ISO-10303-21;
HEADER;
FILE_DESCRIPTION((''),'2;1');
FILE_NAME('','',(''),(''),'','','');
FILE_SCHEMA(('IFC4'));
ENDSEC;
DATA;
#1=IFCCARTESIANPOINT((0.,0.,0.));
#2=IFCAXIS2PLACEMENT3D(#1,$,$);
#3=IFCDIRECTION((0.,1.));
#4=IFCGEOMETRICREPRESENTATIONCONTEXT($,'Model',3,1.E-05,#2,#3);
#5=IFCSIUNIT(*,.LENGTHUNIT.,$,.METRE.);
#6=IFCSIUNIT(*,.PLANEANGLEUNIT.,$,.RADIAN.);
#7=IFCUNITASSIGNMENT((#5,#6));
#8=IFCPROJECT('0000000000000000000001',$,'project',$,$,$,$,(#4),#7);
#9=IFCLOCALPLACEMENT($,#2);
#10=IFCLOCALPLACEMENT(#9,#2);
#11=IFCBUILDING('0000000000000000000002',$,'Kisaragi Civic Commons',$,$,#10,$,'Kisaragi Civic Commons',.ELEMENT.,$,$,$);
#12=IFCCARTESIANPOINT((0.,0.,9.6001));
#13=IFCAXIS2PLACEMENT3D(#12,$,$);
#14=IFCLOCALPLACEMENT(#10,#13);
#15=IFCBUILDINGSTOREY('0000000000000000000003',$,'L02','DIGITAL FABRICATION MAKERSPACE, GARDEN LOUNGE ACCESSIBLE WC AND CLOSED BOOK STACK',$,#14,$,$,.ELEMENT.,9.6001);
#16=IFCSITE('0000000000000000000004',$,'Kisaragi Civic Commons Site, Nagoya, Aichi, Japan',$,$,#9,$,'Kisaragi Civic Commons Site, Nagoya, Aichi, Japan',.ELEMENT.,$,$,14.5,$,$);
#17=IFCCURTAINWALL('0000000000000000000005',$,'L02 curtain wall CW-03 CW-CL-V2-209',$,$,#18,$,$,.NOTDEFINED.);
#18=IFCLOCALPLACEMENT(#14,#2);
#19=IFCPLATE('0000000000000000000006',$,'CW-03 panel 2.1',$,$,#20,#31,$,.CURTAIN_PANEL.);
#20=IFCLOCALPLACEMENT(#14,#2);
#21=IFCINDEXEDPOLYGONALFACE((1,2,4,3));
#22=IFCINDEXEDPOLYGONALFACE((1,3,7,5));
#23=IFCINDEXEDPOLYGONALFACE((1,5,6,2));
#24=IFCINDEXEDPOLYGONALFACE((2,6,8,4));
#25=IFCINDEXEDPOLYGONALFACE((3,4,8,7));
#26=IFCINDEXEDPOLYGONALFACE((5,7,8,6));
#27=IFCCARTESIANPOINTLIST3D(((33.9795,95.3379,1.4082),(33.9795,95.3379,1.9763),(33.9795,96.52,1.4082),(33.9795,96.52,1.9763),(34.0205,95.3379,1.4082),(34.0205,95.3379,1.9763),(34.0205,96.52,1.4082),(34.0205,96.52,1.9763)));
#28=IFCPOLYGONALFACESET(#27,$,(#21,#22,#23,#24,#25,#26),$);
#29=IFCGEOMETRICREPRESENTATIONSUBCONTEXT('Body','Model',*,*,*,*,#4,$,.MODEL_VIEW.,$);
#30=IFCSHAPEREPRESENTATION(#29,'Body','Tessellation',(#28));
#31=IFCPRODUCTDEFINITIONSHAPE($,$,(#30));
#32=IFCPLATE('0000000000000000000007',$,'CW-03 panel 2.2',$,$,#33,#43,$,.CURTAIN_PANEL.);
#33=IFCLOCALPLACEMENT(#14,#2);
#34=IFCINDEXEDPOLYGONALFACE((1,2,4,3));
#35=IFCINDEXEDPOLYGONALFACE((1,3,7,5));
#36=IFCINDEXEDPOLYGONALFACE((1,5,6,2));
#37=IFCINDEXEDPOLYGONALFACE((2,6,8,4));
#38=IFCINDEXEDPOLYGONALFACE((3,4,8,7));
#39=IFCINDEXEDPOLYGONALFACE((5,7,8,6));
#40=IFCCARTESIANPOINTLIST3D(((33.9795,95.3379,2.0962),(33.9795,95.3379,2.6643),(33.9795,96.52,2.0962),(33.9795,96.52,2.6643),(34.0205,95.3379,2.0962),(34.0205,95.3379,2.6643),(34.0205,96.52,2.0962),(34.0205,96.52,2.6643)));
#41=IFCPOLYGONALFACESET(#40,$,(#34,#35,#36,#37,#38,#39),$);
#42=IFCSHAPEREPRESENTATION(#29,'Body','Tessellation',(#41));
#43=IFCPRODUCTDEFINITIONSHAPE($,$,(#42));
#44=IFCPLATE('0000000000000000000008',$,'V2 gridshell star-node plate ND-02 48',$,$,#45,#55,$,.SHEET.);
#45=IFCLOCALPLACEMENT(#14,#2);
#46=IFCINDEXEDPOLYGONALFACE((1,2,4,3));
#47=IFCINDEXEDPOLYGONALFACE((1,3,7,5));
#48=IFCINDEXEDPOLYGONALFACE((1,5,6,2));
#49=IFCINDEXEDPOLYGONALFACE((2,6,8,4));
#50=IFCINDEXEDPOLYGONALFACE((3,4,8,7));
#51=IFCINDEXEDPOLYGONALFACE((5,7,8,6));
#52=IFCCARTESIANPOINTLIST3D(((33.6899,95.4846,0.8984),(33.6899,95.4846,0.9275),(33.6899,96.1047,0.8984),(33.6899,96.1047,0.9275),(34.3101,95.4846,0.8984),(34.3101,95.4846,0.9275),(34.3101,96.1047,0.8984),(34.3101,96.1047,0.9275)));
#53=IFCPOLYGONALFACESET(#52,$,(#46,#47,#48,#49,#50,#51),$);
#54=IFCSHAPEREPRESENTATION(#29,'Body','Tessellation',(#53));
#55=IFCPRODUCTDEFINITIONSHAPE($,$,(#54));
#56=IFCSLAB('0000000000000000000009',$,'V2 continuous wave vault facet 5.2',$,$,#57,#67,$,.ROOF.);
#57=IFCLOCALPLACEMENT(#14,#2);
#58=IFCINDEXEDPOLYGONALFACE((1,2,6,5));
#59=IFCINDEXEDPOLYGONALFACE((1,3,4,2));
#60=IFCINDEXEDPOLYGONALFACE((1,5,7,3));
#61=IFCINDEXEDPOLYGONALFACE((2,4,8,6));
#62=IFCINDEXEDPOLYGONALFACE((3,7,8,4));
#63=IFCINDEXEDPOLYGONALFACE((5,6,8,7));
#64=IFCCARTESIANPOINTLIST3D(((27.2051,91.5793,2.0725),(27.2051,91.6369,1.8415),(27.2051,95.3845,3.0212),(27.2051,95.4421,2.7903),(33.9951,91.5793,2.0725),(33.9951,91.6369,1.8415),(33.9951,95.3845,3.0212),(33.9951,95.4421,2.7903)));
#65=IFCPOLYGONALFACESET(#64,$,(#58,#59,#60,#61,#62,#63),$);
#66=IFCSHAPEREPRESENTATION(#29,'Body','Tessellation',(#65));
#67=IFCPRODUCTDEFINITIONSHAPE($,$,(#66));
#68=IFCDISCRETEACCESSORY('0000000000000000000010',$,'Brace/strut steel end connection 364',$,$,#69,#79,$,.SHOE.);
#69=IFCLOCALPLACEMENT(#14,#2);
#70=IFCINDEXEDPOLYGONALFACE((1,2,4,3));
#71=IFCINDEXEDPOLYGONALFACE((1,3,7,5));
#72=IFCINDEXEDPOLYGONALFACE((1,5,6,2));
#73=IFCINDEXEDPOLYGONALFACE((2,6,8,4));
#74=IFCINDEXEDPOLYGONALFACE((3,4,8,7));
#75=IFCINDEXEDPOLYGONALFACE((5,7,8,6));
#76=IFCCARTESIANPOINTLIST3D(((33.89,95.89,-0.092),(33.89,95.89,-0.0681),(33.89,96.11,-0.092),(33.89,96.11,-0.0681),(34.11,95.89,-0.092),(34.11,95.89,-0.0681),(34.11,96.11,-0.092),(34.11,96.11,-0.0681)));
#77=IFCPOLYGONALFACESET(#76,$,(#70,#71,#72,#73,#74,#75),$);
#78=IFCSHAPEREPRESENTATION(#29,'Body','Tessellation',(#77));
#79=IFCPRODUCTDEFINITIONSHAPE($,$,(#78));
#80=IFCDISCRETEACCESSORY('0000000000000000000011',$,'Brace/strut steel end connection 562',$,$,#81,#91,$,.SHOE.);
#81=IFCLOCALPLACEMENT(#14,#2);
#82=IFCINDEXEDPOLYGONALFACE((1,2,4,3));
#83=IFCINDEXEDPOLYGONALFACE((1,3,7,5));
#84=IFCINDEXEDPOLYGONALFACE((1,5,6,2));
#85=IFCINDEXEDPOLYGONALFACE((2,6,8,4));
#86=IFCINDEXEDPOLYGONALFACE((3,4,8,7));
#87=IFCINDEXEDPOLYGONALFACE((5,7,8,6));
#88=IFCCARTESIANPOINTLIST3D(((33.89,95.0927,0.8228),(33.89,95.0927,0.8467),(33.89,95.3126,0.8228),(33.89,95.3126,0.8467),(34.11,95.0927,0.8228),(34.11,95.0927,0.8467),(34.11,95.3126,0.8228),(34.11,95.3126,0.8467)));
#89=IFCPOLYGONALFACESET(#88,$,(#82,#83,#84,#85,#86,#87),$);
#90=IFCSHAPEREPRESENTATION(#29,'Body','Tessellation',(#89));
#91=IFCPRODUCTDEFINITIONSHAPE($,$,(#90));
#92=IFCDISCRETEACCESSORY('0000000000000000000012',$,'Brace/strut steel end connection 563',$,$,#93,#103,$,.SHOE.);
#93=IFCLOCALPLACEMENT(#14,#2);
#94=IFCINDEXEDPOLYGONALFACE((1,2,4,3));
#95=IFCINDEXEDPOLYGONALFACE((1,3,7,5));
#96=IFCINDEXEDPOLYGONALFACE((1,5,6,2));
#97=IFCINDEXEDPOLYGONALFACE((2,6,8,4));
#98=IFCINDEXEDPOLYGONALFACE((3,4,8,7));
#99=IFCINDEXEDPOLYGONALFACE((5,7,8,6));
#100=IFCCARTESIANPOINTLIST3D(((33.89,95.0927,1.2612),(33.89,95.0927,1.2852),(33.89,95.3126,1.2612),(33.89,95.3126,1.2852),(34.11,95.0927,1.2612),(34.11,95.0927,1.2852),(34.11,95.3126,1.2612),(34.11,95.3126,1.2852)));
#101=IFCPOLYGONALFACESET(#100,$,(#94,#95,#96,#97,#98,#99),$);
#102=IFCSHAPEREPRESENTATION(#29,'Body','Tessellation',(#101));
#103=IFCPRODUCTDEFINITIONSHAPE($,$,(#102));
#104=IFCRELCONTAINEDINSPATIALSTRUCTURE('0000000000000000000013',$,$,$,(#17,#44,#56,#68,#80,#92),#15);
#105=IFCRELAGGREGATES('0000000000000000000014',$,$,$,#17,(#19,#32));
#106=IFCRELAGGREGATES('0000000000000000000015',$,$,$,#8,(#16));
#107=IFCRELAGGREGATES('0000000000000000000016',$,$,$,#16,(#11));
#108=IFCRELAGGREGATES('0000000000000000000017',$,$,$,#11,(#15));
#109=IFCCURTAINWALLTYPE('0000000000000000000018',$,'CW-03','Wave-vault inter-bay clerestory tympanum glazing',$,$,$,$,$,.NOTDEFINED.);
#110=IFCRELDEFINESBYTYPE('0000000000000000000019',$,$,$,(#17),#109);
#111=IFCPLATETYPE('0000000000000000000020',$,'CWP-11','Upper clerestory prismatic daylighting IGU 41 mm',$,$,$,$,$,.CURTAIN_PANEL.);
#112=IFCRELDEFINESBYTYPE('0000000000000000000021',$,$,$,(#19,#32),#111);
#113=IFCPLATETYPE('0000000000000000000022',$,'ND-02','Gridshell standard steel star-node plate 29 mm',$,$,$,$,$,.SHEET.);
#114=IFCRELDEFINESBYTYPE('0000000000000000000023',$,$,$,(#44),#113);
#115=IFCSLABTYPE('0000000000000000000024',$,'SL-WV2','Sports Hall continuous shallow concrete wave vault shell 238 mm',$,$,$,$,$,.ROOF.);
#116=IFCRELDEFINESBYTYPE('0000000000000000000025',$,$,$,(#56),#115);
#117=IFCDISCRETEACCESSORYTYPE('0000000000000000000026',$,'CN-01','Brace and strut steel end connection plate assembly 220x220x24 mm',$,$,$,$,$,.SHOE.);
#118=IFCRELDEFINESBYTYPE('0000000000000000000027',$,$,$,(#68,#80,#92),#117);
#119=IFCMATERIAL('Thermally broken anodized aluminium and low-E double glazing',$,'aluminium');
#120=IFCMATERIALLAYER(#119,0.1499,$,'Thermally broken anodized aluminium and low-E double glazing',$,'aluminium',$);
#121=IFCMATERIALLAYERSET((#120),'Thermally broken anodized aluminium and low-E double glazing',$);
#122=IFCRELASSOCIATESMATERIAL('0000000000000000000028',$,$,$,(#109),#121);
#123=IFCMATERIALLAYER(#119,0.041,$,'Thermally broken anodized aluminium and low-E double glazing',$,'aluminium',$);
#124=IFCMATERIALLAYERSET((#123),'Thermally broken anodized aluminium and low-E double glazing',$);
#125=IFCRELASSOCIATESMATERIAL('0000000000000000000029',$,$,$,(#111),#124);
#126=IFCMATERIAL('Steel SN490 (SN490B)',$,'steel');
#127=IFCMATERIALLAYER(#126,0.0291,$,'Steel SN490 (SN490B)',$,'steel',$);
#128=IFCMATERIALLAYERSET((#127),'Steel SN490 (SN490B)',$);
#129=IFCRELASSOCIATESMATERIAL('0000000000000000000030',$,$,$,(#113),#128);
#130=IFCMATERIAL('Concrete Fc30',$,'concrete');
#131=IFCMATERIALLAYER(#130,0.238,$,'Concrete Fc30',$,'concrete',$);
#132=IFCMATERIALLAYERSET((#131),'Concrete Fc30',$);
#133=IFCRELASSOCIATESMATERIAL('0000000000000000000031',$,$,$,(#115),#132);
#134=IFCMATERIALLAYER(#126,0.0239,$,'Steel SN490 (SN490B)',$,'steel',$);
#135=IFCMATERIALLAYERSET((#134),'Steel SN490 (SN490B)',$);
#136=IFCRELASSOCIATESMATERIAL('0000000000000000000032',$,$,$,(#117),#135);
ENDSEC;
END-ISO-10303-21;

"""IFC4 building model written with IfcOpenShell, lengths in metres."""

from ifc_helpers import new_model, si_unit, direction, frame, origin, origin_2d, place, context, subcontext, project, spatial, polyline, rectangle, outline, extrude, material, layer, layer_set, type_object, element, aggregate, save


model = new_model("IFC4")

# Units and contexts
model_context = context("Model", 3, precision=1e-05, world=origin(), true_north=direction((0.0, 1.0)))
body_context = subcontext(model_context, "Body", "Model", "MODEL_VIEW")
ifc_project = project(units=[si_unit("LENGTHUNIT", "METRE"), si_unit("PLANEANGLEUNIT", "RADIAN")], contexts=[model_context])

# Site, building, storey
site_placement = place(None, origin())
site = spatial("IfcSite", under=ifc_project, at=site_placement, Name="Kisaragi Civic Commons Site, Nagoya, Aichi, Japan", LongName="Kisaragi Civic Commons Site, Nagoya, Aichi, Japan", CompositionType="ELEMENT", RefElevation=14.5)
building_placement = place(site_placement, origin())
building = spatial("IfcBuilding", under=site, at=building_placement, Name="Kisaragi Civic Commons", LongName="Kisaragi Civic Commons", CompositionType="ELEMENT")
storey_placement = place(building_placement, frame((0.0, 0.0, 9.6001)))
storey = spatial("IfcBuildingStorey", under=building, at=storey_placement, Name="L02", Description="DIGITAL FABRICATION MAKERSPACE, GARDEN LOUNGE ACCESSIBLE WC AND CLOSED BOOK STACK", CompositionType="ELEMENT", Elevation=9.6001)

# Curtain wall
ifc_material_1 = material(Name="Thermally broken anodized aluminium and low-E double glazing", Category="aluminium")
ifc_layer_1 = layer(ifc_material_1, 0.1499, Name="Thermally broken anodized aluminium and low-E double glazing", Category="aluminium")
ifc_layer_set_1 = layer_set([ifc_layer_1], Name="Thermally broken anodized aluminium and low-E double glazing")
curtain_wall_type = type_object("IfcCurtainWallType", Name="CW-03", Description="Wave-vault inter-bay clerestory tympanum glazing", PredefinedType="NOTDEFINED", material=ifc_layer_set_1)
curtain_wall_1_placement = place(storey_placement, origin())
curtain_wall_1 = element("IfcCurtainWall", 1, at=curtain_wall_1_placement, inside=storey, type_object=curtain_wall_type, Name="L02 curtain wall CW-03 CW-CL-V2-209", PredefinedType="NOTDEFINED")

# Shared definitions
ifc_material_2 = material(Name="Steel SN490 (SN490B)", Category="steel")

# Plates
ifc_layer_2 = layer(ifc_material_1, 0.041, Name="Thermally broken anodized aluminium and low-E double glazing", Category="aluminium")
ifc_layer_set_2 = layer_set([ifc_layer_2], Name="Thermally broken anodized aluminium and low-E double glazing")
plate_type_1 = type_object("IfcPlateType", Name="CWP-11", Description="Upper clerestory prismatic daylighting IGU 41 mm", PredefinedType="CURTAIN_PANEL", material=ifc_layer_set_2)
plate_1_placement = place(storey_placement, frame((34.0, 95.929, 1.4082), z_axis=(0.0, 0.0, 1.0), x_axis=(0.0, 1.0, 0.0)))
plate_1 = element("IfcPlate", 2, at=plate_1_placement, type_object=plate_type_1, Name="CW-03 panel 2.1", PredefinedType="CURTAIN_PANEL", context=body_context, shape_type="SweptSolid", body=[
    extrude(rectangle(XDim=1.1821, YDim=0.041, at=origin_2d()), origin(), (0.0, 0.0, 1.0), 0.5681),
])
plate_2_placement = place(storey_placement, frame((34.0, 95.929, 2.0962), z_axis=(0.0, 0.0, 1.0), x_axis=(0.0, 1.0, 0.0)))
plate_2 = element("IfcPlate", 3, at=plate_2_placement, type_object=plate_type_1, Name="CW-03 panel 2.2", PredefinedType="CURTAIN_PANEL", context=body_context, shape_type="SweptSolid", body=[
    extrude(rectangle(XDim=1.1821, YDim=0.041, at=origin_2d()), origin(), (0.0, 0.0, 1.0), 0.5681),
])
aggregate(curtain_wall_1, [plate_1, plate_2])
ifc_layer_3 = layer(ifc_material_2, 0.0291, Name="Steel SN490 (SN490B)", Category="steel")
ifc_layer_set_3 = layer_set([ifc_layer_3], Name="Steel SN490 (SN490B)")
plate_type_2 = type_object("IfcPlateType", Name="ND-02", Description="Gridshell standard steel star-node plate 29 mm", PredefinedType="SHEET", material=ifc_layer_set_3)
plate_3_placement = place(storey_placement, frame((34.0, 95.7947, 0.8984), z_axis=(0.0, 0.0, 1.0), x_axis=(1.0, 0.0, 0.0)))
element("IfcPlate", 4, at=plate_3_placement, inside=storey, type_object=plate_type_2, Name="V2 gridshell star-node plate ND-02 48", PredefinedType="SHEET", context=body_context, shape_type="SweptSolid", body=[
    extrude(rectangle(XDim=0.6201, YDim=0.6201, at=origin_2d()), origin(), (0.0, 0.0, 1.0), 0.0291),
])

# Slab
ifc_material_3 = material(Name="Concrete Fc30", Category="concrete")
ifc_layer_4 = layer(ifc_material_3, 0.238, Name="Concrete Fc30", Category="concrete")
ifc_layer_set_4 = layer_set([ifc_layer_4], Name="Concrete Fc30")
slab_type = type_object("IfcSlabType", Name="SL-WV2", Description="Sports Hall continuous shallow concrete wave vault shell 238 mm", PredefinedType="ROOF", material=ifc_layer_set_4)
slab_placement = place(storey_placement, frame((33.9951, 95.3845, 3.0212), z_axis=(0.0, -0.24192, 0.970296), x_axis=(-1.0, 0.0, 0.0)))
element("IfcSlab", 5, at=slab_placement, inside=storey, type_object=slab_type, Name="V2 continuous wave vault facet 5.2", PredefinedType="ROOF", context=body_context, shape_type="SweptSolid", body=[
    extrude(outline(polyline([(0.0, 0.0), (6.79, 0.0), (6.79, 3.9217), (0.0, 3.9217), (0.0, 0.0)])), origin(), (0.0, 0.0, -1.0), 0.238),
])

# Discrete accessories
ifc_layer_5 = layer(ifc_material_2, 0.0239, Name="Steel SN490 (SN490B)", Category="steel")
ifc_layer_set_5 = layer_set([ifc_layer_5], Name="Steel SN490 (SN490B)")
discrete_accessory_type = type_object("IfcDiscreteAccessoryType", Name="CN-01", Description="Brace and strut steel end connection plate assembly 220x220x24 mm", PredefinedType="SHOE", material=ifc_layer_set_5)
for number, where, z_axis, x_axis, name in (
    (6, (34.0, 96.0, -0.092), (0.0, 0.0, 1.0), (1.0, 0.0, 0.0), "Brace/strut steel end connection 364"),
    (7, (34.0, 95.2026, 0.8228), (0.0, 0.0, 1.0), (1.0, 0.0, 0.0), "Brace/strut steel end connection 562"),
    (8, (34.0, 95.2026, 1.2612), (0.0, 0.0, 1.0), (1.0, 0.0, 0.0), "Brace/strut steel end connection 563"),
):
    element("IfcDiscreteAccessory", number, at=place(storey_placement, frame(where, z_axis=z_axis, x_axis=x_axis)), inside=storey, type_object=discrete_accessory_type, Name=name, PredefinedType="SHOE", context=body_context, shape_type="SweptSolid", body=[
        extrude(rectangle(XDim=0.22, YDim=0.22, at=origin_2d()), origin(), (0.0, 0.0, 1.0), 0.0239),
    ])

save(model, "model.ifc")
